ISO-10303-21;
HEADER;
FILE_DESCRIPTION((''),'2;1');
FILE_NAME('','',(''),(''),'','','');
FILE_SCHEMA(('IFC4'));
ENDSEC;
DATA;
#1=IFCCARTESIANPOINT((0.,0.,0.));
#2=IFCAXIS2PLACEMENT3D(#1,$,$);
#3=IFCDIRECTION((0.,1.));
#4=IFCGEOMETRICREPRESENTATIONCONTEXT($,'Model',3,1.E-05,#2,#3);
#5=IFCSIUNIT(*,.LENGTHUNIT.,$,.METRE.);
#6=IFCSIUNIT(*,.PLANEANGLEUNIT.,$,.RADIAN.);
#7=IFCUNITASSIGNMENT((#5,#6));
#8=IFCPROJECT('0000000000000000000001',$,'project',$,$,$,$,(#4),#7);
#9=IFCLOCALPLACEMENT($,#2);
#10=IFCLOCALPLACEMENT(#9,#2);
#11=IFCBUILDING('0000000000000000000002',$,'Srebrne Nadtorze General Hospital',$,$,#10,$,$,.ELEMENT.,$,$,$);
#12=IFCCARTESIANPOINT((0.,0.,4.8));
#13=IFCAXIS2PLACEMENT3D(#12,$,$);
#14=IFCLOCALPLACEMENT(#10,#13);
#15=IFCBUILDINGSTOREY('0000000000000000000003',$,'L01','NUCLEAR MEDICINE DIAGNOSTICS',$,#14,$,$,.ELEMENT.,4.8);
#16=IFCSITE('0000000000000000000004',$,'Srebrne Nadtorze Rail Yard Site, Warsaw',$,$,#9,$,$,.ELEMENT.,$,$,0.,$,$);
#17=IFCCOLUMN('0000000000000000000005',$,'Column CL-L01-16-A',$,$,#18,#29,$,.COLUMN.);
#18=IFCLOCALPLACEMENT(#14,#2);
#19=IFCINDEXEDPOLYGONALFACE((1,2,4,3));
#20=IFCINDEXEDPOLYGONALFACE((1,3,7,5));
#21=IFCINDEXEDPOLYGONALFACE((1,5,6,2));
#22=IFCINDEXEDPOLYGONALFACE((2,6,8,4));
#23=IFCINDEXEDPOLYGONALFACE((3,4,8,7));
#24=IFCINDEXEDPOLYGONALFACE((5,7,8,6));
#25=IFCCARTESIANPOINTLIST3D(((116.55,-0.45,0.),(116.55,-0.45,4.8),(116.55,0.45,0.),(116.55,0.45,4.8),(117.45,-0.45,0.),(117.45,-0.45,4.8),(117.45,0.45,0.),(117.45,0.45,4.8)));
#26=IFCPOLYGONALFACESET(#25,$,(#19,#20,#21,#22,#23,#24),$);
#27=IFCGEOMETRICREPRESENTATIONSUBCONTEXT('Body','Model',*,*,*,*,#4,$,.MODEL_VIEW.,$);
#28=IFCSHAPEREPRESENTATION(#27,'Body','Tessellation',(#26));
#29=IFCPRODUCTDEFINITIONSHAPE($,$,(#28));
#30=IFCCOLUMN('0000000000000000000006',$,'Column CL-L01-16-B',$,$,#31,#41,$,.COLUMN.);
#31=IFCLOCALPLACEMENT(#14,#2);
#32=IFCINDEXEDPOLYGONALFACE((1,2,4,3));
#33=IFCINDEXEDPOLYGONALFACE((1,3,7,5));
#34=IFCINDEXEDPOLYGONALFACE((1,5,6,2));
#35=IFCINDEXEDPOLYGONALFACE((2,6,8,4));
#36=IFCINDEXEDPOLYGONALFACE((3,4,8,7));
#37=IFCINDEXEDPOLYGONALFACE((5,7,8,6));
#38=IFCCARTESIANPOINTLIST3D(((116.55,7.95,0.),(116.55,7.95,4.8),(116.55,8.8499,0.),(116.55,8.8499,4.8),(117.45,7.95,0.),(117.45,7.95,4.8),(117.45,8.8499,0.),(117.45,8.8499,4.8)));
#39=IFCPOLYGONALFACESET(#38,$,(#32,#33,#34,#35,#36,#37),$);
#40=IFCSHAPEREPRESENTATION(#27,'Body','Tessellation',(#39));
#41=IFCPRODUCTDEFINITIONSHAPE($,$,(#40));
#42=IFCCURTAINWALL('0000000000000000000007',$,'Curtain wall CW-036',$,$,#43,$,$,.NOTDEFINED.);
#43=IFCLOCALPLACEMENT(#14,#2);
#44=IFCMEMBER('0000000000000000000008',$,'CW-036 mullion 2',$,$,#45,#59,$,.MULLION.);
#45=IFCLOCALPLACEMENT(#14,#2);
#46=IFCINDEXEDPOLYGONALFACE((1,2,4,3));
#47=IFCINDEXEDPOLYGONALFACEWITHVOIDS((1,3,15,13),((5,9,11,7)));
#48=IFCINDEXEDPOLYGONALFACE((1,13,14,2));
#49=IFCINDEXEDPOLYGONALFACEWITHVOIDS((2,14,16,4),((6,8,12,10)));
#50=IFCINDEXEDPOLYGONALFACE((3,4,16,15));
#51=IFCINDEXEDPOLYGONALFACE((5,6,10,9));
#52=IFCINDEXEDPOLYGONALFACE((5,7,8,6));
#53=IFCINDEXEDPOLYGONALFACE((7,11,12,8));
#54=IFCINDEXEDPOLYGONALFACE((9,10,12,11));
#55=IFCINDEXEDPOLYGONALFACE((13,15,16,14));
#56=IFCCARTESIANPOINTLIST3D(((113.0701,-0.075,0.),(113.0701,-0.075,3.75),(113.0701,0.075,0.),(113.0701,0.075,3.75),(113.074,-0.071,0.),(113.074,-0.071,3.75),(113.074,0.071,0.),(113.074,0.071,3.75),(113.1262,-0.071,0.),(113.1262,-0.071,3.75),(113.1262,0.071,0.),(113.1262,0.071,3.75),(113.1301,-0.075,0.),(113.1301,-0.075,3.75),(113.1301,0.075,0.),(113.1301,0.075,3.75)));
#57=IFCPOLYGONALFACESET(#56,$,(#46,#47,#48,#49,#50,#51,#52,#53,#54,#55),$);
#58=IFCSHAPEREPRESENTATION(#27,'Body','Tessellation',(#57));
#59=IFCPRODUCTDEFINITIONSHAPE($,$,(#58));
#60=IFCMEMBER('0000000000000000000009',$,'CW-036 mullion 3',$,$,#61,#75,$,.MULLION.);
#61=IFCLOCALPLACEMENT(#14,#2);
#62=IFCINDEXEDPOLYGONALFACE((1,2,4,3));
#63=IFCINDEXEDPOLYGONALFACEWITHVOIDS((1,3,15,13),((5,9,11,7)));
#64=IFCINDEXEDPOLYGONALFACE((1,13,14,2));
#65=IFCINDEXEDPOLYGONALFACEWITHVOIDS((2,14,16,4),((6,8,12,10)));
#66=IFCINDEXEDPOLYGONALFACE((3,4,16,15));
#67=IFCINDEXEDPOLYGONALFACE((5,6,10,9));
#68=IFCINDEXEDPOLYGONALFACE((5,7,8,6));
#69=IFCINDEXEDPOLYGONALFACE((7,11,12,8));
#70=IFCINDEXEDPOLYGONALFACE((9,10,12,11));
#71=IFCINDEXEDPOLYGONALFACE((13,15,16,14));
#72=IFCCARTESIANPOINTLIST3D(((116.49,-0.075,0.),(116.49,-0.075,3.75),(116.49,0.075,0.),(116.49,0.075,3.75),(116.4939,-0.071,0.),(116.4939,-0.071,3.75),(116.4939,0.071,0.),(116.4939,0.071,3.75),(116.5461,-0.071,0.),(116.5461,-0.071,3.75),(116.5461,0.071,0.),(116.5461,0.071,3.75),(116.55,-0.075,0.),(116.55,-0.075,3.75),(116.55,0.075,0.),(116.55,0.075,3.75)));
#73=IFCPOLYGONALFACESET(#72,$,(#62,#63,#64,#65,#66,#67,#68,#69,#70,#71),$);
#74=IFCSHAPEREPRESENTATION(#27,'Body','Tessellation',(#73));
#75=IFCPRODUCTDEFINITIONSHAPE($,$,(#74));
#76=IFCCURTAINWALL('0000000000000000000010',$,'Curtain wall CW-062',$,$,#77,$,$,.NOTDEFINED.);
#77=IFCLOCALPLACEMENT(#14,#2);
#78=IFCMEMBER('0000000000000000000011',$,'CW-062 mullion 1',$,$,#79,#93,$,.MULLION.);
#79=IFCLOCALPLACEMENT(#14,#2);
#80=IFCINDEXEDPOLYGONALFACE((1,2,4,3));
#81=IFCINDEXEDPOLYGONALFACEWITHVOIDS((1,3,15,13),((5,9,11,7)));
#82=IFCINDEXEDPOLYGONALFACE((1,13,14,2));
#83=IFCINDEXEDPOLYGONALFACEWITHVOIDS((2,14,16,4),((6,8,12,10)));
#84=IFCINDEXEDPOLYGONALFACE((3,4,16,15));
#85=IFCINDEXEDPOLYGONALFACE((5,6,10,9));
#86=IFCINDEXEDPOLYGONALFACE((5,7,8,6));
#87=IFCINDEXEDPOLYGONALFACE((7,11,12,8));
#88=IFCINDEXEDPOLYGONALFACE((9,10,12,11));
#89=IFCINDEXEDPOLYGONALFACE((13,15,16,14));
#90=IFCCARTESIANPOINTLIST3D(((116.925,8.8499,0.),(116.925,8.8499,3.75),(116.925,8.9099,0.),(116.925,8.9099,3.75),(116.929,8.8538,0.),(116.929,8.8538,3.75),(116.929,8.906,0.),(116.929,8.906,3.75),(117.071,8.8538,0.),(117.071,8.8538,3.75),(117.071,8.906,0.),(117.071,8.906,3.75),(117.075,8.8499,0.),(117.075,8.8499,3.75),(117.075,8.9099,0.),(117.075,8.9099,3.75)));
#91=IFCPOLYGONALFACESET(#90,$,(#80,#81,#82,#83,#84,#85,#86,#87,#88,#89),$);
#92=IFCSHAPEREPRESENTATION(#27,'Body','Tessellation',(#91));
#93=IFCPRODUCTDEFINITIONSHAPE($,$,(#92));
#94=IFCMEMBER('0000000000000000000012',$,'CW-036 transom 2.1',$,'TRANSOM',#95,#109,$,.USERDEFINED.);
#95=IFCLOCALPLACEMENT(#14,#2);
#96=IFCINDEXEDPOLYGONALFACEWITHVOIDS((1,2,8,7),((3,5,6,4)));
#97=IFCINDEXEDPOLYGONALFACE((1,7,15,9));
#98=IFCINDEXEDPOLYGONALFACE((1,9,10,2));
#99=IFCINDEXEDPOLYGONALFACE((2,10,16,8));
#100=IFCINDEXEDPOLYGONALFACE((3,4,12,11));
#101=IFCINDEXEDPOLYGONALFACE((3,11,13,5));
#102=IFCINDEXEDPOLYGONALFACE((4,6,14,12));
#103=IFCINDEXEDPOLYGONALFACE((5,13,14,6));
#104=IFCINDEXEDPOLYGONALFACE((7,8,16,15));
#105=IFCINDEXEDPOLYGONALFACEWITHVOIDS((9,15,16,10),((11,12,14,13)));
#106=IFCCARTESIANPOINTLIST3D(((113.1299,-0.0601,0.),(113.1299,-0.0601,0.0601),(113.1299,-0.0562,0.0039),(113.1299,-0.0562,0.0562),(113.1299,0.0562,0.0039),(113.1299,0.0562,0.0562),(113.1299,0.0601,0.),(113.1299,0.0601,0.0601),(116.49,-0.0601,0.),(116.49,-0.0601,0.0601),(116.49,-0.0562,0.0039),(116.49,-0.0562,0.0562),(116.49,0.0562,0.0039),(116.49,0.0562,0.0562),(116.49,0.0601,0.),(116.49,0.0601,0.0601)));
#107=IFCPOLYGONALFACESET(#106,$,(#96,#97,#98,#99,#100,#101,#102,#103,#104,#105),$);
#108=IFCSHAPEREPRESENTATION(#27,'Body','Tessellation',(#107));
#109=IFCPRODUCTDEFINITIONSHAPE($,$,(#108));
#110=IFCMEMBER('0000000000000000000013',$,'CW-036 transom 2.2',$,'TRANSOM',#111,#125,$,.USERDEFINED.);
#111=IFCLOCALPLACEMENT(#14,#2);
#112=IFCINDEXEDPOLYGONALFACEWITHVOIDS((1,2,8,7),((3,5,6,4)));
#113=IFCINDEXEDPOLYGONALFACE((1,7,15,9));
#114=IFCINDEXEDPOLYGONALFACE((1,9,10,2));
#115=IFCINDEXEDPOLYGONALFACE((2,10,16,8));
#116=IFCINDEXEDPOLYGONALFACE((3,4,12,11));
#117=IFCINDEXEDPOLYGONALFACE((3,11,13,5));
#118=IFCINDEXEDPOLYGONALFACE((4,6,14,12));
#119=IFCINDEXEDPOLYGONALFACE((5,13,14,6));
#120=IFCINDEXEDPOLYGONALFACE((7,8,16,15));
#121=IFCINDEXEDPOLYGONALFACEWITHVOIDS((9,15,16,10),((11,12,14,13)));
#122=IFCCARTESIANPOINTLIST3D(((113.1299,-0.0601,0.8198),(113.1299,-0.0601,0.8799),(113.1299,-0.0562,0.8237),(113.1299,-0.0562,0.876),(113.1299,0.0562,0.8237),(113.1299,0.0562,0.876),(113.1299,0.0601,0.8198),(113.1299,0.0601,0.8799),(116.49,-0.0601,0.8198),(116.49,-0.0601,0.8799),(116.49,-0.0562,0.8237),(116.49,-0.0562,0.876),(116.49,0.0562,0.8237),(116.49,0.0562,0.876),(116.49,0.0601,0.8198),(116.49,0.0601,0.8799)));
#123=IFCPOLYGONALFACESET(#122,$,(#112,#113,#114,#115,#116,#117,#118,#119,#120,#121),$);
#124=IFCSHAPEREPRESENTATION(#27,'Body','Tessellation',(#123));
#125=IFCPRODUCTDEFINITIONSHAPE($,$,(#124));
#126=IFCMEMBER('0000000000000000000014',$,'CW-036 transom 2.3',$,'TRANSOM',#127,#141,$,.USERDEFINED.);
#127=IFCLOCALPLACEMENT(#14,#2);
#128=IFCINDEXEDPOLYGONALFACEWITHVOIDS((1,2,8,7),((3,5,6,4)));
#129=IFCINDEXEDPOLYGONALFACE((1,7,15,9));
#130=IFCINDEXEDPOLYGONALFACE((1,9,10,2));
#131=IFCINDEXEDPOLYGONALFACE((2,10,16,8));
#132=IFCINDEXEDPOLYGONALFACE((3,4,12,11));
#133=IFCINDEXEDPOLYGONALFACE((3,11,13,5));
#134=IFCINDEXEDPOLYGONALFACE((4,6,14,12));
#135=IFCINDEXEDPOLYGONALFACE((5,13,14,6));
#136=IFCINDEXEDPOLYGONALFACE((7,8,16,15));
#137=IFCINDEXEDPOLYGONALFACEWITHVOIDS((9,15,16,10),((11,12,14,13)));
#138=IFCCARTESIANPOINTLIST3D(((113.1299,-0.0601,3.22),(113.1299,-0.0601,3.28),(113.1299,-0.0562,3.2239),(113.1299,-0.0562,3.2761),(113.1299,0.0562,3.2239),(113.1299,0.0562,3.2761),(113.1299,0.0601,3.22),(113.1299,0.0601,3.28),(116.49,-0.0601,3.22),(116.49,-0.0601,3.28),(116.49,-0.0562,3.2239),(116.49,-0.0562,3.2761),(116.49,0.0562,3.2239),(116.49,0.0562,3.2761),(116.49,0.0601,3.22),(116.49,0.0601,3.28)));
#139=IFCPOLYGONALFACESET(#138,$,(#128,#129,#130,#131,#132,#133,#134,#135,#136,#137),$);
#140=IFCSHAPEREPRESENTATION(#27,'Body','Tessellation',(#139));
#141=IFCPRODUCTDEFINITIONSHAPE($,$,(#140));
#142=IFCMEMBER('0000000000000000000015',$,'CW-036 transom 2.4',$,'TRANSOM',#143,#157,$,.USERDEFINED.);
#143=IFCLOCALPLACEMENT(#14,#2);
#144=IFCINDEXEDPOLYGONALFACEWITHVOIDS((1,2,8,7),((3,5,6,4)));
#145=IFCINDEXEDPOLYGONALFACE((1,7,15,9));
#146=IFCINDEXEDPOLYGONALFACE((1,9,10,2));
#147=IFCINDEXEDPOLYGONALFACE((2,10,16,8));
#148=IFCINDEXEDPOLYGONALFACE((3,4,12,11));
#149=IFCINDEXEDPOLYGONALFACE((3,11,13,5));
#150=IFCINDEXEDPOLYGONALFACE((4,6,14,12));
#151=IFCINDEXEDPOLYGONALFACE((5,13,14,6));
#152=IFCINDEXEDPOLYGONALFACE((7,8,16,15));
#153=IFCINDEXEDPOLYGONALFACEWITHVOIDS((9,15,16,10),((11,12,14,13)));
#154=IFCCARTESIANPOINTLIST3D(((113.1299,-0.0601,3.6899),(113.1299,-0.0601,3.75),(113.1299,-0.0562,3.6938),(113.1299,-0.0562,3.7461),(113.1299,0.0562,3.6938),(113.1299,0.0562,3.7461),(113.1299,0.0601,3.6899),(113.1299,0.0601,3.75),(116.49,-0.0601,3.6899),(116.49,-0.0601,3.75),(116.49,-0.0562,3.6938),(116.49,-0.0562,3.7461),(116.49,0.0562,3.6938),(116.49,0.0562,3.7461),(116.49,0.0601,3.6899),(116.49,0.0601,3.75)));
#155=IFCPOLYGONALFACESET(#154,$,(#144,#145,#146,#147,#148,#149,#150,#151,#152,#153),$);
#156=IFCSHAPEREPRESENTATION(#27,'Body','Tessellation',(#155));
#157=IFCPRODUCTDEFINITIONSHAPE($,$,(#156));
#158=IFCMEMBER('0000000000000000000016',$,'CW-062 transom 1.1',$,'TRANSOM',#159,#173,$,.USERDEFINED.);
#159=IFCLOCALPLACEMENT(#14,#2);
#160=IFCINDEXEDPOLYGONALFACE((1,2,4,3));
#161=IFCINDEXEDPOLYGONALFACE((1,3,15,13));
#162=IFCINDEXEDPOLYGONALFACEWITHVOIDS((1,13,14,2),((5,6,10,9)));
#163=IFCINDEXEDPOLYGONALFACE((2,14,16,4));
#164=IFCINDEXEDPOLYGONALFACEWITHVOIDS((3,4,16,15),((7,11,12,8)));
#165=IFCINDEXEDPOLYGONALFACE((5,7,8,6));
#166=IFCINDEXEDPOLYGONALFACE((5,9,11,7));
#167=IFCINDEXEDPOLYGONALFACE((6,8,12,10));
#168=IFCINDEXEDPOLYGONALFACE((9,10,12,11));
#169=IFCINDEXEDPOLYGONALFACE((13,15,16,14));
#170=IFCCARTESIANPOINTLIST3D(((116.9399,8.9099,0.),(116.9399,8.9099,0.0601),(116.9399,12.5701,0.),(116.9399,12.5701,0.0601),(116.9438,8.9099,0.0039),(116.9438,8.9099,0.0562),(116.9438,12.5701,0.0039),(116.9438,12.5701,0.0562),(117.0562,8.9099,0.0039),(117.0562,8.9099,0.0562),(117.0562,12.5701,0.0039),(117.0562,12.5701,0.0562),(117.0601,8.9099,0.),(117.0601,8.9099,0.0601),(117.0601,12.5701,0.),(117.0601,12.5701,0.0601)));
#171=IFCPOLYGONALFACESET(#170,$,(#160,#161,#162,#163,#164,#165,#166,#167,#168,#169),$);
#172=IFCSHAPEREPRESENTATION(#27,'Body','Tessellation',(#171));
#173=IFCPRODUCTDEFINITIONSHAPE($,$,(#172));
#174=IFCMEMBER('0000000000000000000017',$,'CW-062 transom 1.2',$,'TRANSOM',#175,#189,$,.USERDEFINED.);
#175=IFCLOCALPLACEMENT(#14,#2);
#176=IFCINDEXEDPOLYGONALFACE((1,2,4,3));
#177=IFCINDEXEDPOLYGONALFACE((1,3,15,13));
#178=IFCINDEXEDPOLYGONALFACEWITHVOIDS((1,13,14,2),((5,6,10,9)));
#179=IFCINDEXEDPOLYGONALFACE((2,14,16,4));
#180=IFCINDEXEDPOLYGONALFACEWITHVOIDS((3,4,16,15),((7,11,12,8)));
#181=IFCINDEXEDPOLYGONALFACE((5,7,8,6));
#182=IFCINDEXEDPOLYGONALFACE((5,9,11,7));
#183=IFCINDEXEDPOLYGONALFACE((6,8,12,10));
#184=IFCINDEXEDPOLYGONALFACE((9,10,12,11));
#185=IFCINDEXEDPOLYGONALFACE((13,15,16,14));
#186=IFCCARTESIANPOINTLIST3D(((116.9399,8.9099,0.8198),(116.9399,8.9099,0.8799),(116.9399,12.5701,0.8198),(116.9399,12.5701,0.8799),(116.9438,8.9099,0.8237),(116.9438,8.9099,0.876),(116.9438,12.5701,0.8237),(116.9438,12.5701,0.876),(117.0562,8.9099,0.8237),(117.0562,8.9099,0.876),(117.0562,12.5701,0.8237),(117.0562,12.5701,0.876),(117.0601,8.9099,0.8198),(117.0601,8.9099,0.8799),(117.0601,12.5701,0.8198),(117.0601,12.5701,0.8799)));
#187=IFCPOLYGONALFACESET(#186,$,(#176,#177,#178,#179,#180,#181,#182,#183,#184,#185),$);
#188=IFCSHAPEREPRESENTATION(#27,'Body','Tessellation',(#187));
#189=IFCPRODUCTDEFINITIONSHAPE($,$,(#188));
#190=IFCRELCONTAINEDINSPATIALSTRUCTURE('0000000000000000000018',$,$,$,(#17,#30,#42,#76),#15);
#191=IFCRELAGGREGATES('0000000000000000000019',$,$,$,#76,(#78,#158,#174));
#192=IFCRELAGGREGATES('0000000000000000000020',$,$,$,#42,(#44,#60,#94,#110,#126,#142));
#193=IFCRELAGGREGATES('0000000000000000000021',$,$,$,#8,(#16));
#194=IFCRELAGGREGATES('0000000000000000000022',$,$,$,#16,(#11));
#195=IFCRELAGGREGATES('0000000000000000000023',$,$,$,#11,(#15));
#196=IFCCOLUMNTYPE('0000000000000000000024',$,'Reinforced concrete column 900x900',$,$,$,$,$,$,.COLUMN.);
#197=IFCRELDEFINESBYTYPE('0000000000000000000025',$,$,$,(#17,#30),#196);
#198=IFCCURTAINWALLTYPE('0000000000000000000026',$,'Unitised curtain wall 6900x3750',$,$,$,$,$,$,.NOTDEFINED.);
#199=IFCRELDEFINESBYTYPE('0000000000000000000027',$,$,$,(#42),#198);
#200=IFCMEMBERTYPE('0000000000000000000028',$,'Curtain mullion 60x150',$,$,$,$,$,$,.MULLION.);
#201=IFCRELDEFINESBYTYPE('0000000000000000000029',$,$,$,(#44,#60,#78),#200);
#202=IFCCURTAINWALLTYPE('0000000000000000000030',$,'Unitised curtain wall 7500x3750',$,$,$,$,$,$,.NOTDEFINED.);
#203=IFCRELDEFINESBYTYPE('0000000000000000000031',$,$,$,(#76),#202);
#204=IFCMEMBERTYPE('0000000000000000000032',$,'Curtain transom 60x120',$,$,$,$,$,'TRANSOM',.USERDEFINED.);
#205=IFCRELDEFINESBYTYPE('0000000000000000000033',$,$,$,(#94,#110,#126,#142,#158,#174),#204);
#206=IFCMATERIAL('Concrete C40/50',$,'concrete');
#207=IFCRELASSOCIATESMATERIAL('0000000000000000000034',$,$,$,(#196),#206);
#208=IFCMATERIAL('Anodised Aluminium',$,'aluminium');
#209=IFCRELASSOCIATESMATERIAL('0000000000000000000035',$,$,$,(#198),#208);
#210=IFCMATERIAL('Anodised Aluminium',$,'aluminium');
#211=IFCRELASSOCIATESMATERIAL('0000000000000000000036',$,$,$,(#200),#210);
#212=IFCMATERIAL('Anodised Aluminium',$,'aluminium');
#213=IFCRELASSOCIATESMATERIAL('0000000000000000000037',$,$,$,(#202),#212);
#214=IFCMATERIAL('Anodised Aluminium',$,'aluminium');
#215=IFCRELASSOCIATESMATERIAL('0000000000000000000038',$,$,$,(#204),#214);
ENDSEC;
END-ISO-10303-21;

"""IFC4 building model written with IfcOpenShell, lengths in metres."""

from ifc_helpers import new_model, si_unit, direction, frame, origin, origin_2d, place, context, subcontext, project, spatial, rectangle, hollow_rectangle, extrude, material, material_profile, profile_set, type_object, element, aggregate, save


model = new_model("IFC4")

# Units and contexts
model_context = context("Model", 3, precision=1e-05, world=origin(), true_north=direction((0.0, 1.0)))
body_context = subcontext(model_context, "Body", "Model", "MODEL_VIEW")
ifc_project = project(units=[si_unit("LENGTHUNIT", "METRE"), si_unit("PLANEANGLEUNIT", "RADIAN")], contexts=[model_context])

# Site, building, storey
site_placement = place(None, origin())
site = spatial("IfcSite", under=ifc_project, at=site_placement, Name="Srebrne Nadtorze Rail Yard Site, Warsaw", CompositionType="ELEMENT", RefElevation=0.0)
building_placement = place(site_placement, origin())
building = spatial("IfcBuilding", under=site, at=building_placement, Name="Srebrne Nadtorze General Hospital", CompositionType="ELEMENT")
storey_placement = place(building_placement, frame((0.0, 0.0, 4.8)))
storey = spatial("IfcBuildingStorey", under=building, at=storey_placement, Name="L01", Description="NUCLEAR MEDICINE DIAGNOSTICS", CompositionType="ELEMENT", Elevation=4.8)

# Columns
ifc_material_1 = material(Name="Concrete C40/50", Category="concrete")
ifc_material_profile_1 = material_profile(ifc_material_1, rectangle(XDim=0.8999, YDim=0.8999, at=origin_2d()), Name="RC-COL-900x900")
ifc_profile_set_1 = profile_set([ifc_material_profile_1], Name="Concrete C40/50")
column_type = type_object("IfcColumnType", Name="Reinforced concrete column 900x900", PredefinedType="COLUMN", material=ifc_profile_set_1)
for number, where, z_axis, x_axis, name in (
    (1, (117.0, 0.0, 0.0), (0.0, 0.0, 1.0), (1.0, 0.0, 0.0), "Column CL-L01-16-A"),
    (2, (117.0, 8.3999, 0.0), (0.0, 0.0, 1.0), (1.0, 0.0, 0.0), "Column CL-L01-16-B"),
):
    element("IfcColumn", number, at=place(storey_placement, frame(where, z_axis=z_axis, x_axis=x_axis)), inside=storey, type_object=column_type, Name=name, PredefinedType="COLUMN", context=body_context, shape_type="SweptSolid", body=[
        extrude(rectangle(XDim=0.8999, YDim=0.8999, at=origin_2d()), origin(), (0.0, 0.0, 1.0), 4.8),
    ])

# Curtain wall, members
ifc_material_2 = material(Name="Anodised Aluminium", Category="aluminium")
curtain_wall_type_1 = type_object("IfcCurtainWallType", Name="Unitised curtain wall 6900x3750", PredefinedType="NOTDEFINED", material=ifc_material_2)
curtain_wall_1_placement = place(storey_placement, origin())
curtain_wall_1 = element("IfcCurtainWall", 3, at=curtain_wall_1_placement, inside=storey, type_object=curtain_wall_type_1, Name="Curtain wall CW-036", PredefinedType="NOTDEFINED")
ifc_material_3 = material(Name="Anodised Aluminium", Category="aluminium")
ifc_material_profile_2 = material_profile(ifc_material_3, hollow_rectangle(XDim=0.0601, YDim=0.1499, WallThickness=0.0039, at=origin_2d()), Name="AL-MUL-60x150")
ifc_profile_set_2 = profile_set([ifc_material_profile_2], Name="Anodised Aluminium")
member_type_1 = type_object("IfcMemberType", Name="Curtain mullion 60x150", PredefinedType="MULLION", material=ifc_profile_set_2)
member_1_placement = place(storey_placement, frame((113.1001, 0.0, 0.0), z_axis=(0.0, 0.0, 1.0), x_axis=(1.0, 0.0, 0.0)))
member_1 = element("IfcMember", 4, at=member_1_placement, type_object=member_type_1, Name="CW-036 mullion 2", PredefinedType="MULLION", context=body_context, shape_type="SweptSolid", body=[
    extrude(hollow_rectangle(XDim=0.0601, YDim=0.1499, WallThickness=0.0039, at=origin_2d()), origin(), (0.0, 0.0, 1.0), 3.75),
])
member_2_placement = place(storey_placement, frame((116.52, 0.0, 0.0), z_axis=(0.0, 0.0, 1.0), x_axis=(1.0, 0.0, 0.0)))
member_2 = element("IfcMember", 5, at=member_2_placement, type_object=member_type_1, Name="CW-036 mullion 3", PredefinedType="MULLION", context=body_context, shape_type="SweptSolid", body=[
    extrude(hollow_rectangle(XDim=0.0601, YDim=0.1499, WallThickness=0.0039, at=origin_2d()), origin(), (0.0, 0.0, 1.0), 3.75),
])

# Curtain wall, member
ifc_material_4 = material(Name="Anodised Aluminium", Category="aluminium")
curtain_wall_type_2 = type_object("IfcCurtainWallType", Name="Unitised curtain wall 7500x3750", PredefinedType="NOTDEFINED", material=ifc_material_4)
curtain_wall_2_placement = place(storey_placement, origin())
curtain_wall_2 = element("IfcCurtainWall", 6, at=curtain_wall_2_placement, inside=storey, type_object=curtain_wall_type_2, Name="Curtain wall CW-062", PredefinedType="NOTDEFINED")
member_3_placement = place(storey_placement, frame((117.0, 8.8799, 0.0), z_axis=(0.0, 0.0, 1.0), x_axis=(0.0, 1.0, 0.0)))
member_3 = element("IfcMember", 7, at=member_3_placement, type_object=member_type_1, Name="CW-062 mullion 1", PredefinedType="MULLION", context=body_context, shape_type="SweptSolid", body=[
    extrude(hollow_rectangle(XDim=0.0601, YDim=0.1499, WallThickness=0.0039, at=origin_2d()), origin(), (0.0, 0.0, 1.0), 3.75),
])

# Members
ifc_material_5 = material(Name="Anodised Aluminium", Category="aluminium")
ifc_material_profile_3 = material_profile(ifc_material_5, hollow_rectangle(XDim=0.0601, YDim=0.1201, WallThickness=0.0039, at=origin_2d()), Name="AL-TRN-60x120")
ifc_profile_set_3 = profile_set([ifc_material_profile_3], Name="Anodised Aluminium")
member_type_2 = type_object("IfcMemberType", Name="Curtain transom 60x120", ElementType="TRANSOM", PredefinedType="USERDEFINED", material=ifc_profile_set_3)
member_4_placement = place(storey_placement, frame((113.1299, 0.0, 0.03), z_axis=(1.0, 0.0, 0.0), x_axis=(0.0, 0.0, 1.0)))
member_4 = element("IfcMember", 8, at=member_4_placement, type_object=member_type_2, Name="CW-036 transom 2.1", ObjectType="TRANSOM", PredefinedType="USERDEFINED", context=body_context, shape_type="SweptSolid", body=[
    extrude(hollow_rectangle(XDim=0.0601, YDim=0.1201, WallThickness=0.0039, at=origin_2d()), origin(), (0.0, 0.0, 1.0), 3.3601),
])
member_5_placement = place(storey_placement, frame((113.1299, 0.0, 0.8499), z_axis=(1.0, 0.0, 0.0), x_axis=(0.0, 0.0, 1.0)))
member_5 = element("IfcMember", 9, at=member_5_placement, type_object=member_type_2, Name="CW-036 transom 2.2", ObjectType="TRANSOM", PredefinedType="USERDEFINED", context=body_context, shape_type="SweptSolid", body=[
    extrude(hollow_rectangle(XDim=0.0601, YDim=0.1201, WallThickness=0.0039, at=origin_2d()), origin(), (0.0, 0.0, 1.0), 3.3601),
])
member_6_placement = place(storey_placement, frame((113.1299, 0.0, 3.25), z_axis=(1.0, 0.0, 0.0), x_axis=(0.0, 0.0, 1.0)))
member_6 = element("IfcMember", 10, at=member_6_placement, type_object=member_type_2, Name="CW-036 transom 2.3", ObjectType="TRANSOM", PredefinedType="USERDEFINED", context=body_context, shape_type="SweptSolid", body=[
    extrude(hollow_rectangle(XDim=0.0601, YDim=0.1201, WallThickness=0.0039, at=origin_2d()), origin(), (0.0, 0.0, 1.0), 3.3601),
])
member_7_placement = place(storey_placement, frame((113.1299, 0.0, 3.72), z_axis=(1.0, 0.0, 0.0), x_axis=(0.0, 0.0, 1.0)))
member_7 = element("IfcMember", 11, at=member_7_placement, type_object=member_type_2, Name="CW-036 transom 2.4", ObjectType="TRANSOM", PredefinedType="USERDEFINED", context=body_context, shape_type="SweptSolid", body=[
    extrude(hollow_rectangle(XDim=0.0601, YDim=0.1201, WallThickness=0.0039, at=origin_2d()), origin(), (0.0, 0.0, 1.0), 3.3601),
])
member_8_placement = place(storey_placement, frame((117.0, 8.9099, 0.03), z_axis=(0.0, 1.0, 0.0), x_axis=(0.0, 0.0, 1.0)))
member_8 = element("IfcMember", 12, at=member_8_placement, type_object=member_type_2, Name="CW-062 transom 1.1", ObjectType="TRANSOM", PredefinedType="USERDEFINED", context=body_context, shape_type="SweptSolid", body=[
    extrude(hollow_rectangle(XDim=0.0601, YDim=0.1201, WallThickness=0.0039, at=origin_2d()), origin(), (0.0, 0.0, 1.0), 3.6602),
])
member_9_placement = place(storey_placement, frame((117.0, 8.9099, 0.8499), z_axis=(0.0, 1.0, 0.0), x_axis=(0.0, 0.0, 1.0)))
member_9 = element("IfcMember", 13, at=member_9_placement, type_object=member_type_2, Name="CW-062 transom 1.2", ObjectType="TRANSOM", PredefinedType="USERDEFINED", context=body_context, shape_type="SweptSolid", body=[
    extrude(hollow_rectangle(XDim=0.0601, YDim=0.1201, WallThickness=0.0039, at=origin_2d()), origin(), (0.0, 0.0, 1.0), 3.6602),
])
aggregate(curtain_wall_2, [member_3, member_8, member_9])

aggregate(curtain_wall_1, [member_1, member_2, member_4, member_5, member_6, member_7])

save(model, "model.ifc")
